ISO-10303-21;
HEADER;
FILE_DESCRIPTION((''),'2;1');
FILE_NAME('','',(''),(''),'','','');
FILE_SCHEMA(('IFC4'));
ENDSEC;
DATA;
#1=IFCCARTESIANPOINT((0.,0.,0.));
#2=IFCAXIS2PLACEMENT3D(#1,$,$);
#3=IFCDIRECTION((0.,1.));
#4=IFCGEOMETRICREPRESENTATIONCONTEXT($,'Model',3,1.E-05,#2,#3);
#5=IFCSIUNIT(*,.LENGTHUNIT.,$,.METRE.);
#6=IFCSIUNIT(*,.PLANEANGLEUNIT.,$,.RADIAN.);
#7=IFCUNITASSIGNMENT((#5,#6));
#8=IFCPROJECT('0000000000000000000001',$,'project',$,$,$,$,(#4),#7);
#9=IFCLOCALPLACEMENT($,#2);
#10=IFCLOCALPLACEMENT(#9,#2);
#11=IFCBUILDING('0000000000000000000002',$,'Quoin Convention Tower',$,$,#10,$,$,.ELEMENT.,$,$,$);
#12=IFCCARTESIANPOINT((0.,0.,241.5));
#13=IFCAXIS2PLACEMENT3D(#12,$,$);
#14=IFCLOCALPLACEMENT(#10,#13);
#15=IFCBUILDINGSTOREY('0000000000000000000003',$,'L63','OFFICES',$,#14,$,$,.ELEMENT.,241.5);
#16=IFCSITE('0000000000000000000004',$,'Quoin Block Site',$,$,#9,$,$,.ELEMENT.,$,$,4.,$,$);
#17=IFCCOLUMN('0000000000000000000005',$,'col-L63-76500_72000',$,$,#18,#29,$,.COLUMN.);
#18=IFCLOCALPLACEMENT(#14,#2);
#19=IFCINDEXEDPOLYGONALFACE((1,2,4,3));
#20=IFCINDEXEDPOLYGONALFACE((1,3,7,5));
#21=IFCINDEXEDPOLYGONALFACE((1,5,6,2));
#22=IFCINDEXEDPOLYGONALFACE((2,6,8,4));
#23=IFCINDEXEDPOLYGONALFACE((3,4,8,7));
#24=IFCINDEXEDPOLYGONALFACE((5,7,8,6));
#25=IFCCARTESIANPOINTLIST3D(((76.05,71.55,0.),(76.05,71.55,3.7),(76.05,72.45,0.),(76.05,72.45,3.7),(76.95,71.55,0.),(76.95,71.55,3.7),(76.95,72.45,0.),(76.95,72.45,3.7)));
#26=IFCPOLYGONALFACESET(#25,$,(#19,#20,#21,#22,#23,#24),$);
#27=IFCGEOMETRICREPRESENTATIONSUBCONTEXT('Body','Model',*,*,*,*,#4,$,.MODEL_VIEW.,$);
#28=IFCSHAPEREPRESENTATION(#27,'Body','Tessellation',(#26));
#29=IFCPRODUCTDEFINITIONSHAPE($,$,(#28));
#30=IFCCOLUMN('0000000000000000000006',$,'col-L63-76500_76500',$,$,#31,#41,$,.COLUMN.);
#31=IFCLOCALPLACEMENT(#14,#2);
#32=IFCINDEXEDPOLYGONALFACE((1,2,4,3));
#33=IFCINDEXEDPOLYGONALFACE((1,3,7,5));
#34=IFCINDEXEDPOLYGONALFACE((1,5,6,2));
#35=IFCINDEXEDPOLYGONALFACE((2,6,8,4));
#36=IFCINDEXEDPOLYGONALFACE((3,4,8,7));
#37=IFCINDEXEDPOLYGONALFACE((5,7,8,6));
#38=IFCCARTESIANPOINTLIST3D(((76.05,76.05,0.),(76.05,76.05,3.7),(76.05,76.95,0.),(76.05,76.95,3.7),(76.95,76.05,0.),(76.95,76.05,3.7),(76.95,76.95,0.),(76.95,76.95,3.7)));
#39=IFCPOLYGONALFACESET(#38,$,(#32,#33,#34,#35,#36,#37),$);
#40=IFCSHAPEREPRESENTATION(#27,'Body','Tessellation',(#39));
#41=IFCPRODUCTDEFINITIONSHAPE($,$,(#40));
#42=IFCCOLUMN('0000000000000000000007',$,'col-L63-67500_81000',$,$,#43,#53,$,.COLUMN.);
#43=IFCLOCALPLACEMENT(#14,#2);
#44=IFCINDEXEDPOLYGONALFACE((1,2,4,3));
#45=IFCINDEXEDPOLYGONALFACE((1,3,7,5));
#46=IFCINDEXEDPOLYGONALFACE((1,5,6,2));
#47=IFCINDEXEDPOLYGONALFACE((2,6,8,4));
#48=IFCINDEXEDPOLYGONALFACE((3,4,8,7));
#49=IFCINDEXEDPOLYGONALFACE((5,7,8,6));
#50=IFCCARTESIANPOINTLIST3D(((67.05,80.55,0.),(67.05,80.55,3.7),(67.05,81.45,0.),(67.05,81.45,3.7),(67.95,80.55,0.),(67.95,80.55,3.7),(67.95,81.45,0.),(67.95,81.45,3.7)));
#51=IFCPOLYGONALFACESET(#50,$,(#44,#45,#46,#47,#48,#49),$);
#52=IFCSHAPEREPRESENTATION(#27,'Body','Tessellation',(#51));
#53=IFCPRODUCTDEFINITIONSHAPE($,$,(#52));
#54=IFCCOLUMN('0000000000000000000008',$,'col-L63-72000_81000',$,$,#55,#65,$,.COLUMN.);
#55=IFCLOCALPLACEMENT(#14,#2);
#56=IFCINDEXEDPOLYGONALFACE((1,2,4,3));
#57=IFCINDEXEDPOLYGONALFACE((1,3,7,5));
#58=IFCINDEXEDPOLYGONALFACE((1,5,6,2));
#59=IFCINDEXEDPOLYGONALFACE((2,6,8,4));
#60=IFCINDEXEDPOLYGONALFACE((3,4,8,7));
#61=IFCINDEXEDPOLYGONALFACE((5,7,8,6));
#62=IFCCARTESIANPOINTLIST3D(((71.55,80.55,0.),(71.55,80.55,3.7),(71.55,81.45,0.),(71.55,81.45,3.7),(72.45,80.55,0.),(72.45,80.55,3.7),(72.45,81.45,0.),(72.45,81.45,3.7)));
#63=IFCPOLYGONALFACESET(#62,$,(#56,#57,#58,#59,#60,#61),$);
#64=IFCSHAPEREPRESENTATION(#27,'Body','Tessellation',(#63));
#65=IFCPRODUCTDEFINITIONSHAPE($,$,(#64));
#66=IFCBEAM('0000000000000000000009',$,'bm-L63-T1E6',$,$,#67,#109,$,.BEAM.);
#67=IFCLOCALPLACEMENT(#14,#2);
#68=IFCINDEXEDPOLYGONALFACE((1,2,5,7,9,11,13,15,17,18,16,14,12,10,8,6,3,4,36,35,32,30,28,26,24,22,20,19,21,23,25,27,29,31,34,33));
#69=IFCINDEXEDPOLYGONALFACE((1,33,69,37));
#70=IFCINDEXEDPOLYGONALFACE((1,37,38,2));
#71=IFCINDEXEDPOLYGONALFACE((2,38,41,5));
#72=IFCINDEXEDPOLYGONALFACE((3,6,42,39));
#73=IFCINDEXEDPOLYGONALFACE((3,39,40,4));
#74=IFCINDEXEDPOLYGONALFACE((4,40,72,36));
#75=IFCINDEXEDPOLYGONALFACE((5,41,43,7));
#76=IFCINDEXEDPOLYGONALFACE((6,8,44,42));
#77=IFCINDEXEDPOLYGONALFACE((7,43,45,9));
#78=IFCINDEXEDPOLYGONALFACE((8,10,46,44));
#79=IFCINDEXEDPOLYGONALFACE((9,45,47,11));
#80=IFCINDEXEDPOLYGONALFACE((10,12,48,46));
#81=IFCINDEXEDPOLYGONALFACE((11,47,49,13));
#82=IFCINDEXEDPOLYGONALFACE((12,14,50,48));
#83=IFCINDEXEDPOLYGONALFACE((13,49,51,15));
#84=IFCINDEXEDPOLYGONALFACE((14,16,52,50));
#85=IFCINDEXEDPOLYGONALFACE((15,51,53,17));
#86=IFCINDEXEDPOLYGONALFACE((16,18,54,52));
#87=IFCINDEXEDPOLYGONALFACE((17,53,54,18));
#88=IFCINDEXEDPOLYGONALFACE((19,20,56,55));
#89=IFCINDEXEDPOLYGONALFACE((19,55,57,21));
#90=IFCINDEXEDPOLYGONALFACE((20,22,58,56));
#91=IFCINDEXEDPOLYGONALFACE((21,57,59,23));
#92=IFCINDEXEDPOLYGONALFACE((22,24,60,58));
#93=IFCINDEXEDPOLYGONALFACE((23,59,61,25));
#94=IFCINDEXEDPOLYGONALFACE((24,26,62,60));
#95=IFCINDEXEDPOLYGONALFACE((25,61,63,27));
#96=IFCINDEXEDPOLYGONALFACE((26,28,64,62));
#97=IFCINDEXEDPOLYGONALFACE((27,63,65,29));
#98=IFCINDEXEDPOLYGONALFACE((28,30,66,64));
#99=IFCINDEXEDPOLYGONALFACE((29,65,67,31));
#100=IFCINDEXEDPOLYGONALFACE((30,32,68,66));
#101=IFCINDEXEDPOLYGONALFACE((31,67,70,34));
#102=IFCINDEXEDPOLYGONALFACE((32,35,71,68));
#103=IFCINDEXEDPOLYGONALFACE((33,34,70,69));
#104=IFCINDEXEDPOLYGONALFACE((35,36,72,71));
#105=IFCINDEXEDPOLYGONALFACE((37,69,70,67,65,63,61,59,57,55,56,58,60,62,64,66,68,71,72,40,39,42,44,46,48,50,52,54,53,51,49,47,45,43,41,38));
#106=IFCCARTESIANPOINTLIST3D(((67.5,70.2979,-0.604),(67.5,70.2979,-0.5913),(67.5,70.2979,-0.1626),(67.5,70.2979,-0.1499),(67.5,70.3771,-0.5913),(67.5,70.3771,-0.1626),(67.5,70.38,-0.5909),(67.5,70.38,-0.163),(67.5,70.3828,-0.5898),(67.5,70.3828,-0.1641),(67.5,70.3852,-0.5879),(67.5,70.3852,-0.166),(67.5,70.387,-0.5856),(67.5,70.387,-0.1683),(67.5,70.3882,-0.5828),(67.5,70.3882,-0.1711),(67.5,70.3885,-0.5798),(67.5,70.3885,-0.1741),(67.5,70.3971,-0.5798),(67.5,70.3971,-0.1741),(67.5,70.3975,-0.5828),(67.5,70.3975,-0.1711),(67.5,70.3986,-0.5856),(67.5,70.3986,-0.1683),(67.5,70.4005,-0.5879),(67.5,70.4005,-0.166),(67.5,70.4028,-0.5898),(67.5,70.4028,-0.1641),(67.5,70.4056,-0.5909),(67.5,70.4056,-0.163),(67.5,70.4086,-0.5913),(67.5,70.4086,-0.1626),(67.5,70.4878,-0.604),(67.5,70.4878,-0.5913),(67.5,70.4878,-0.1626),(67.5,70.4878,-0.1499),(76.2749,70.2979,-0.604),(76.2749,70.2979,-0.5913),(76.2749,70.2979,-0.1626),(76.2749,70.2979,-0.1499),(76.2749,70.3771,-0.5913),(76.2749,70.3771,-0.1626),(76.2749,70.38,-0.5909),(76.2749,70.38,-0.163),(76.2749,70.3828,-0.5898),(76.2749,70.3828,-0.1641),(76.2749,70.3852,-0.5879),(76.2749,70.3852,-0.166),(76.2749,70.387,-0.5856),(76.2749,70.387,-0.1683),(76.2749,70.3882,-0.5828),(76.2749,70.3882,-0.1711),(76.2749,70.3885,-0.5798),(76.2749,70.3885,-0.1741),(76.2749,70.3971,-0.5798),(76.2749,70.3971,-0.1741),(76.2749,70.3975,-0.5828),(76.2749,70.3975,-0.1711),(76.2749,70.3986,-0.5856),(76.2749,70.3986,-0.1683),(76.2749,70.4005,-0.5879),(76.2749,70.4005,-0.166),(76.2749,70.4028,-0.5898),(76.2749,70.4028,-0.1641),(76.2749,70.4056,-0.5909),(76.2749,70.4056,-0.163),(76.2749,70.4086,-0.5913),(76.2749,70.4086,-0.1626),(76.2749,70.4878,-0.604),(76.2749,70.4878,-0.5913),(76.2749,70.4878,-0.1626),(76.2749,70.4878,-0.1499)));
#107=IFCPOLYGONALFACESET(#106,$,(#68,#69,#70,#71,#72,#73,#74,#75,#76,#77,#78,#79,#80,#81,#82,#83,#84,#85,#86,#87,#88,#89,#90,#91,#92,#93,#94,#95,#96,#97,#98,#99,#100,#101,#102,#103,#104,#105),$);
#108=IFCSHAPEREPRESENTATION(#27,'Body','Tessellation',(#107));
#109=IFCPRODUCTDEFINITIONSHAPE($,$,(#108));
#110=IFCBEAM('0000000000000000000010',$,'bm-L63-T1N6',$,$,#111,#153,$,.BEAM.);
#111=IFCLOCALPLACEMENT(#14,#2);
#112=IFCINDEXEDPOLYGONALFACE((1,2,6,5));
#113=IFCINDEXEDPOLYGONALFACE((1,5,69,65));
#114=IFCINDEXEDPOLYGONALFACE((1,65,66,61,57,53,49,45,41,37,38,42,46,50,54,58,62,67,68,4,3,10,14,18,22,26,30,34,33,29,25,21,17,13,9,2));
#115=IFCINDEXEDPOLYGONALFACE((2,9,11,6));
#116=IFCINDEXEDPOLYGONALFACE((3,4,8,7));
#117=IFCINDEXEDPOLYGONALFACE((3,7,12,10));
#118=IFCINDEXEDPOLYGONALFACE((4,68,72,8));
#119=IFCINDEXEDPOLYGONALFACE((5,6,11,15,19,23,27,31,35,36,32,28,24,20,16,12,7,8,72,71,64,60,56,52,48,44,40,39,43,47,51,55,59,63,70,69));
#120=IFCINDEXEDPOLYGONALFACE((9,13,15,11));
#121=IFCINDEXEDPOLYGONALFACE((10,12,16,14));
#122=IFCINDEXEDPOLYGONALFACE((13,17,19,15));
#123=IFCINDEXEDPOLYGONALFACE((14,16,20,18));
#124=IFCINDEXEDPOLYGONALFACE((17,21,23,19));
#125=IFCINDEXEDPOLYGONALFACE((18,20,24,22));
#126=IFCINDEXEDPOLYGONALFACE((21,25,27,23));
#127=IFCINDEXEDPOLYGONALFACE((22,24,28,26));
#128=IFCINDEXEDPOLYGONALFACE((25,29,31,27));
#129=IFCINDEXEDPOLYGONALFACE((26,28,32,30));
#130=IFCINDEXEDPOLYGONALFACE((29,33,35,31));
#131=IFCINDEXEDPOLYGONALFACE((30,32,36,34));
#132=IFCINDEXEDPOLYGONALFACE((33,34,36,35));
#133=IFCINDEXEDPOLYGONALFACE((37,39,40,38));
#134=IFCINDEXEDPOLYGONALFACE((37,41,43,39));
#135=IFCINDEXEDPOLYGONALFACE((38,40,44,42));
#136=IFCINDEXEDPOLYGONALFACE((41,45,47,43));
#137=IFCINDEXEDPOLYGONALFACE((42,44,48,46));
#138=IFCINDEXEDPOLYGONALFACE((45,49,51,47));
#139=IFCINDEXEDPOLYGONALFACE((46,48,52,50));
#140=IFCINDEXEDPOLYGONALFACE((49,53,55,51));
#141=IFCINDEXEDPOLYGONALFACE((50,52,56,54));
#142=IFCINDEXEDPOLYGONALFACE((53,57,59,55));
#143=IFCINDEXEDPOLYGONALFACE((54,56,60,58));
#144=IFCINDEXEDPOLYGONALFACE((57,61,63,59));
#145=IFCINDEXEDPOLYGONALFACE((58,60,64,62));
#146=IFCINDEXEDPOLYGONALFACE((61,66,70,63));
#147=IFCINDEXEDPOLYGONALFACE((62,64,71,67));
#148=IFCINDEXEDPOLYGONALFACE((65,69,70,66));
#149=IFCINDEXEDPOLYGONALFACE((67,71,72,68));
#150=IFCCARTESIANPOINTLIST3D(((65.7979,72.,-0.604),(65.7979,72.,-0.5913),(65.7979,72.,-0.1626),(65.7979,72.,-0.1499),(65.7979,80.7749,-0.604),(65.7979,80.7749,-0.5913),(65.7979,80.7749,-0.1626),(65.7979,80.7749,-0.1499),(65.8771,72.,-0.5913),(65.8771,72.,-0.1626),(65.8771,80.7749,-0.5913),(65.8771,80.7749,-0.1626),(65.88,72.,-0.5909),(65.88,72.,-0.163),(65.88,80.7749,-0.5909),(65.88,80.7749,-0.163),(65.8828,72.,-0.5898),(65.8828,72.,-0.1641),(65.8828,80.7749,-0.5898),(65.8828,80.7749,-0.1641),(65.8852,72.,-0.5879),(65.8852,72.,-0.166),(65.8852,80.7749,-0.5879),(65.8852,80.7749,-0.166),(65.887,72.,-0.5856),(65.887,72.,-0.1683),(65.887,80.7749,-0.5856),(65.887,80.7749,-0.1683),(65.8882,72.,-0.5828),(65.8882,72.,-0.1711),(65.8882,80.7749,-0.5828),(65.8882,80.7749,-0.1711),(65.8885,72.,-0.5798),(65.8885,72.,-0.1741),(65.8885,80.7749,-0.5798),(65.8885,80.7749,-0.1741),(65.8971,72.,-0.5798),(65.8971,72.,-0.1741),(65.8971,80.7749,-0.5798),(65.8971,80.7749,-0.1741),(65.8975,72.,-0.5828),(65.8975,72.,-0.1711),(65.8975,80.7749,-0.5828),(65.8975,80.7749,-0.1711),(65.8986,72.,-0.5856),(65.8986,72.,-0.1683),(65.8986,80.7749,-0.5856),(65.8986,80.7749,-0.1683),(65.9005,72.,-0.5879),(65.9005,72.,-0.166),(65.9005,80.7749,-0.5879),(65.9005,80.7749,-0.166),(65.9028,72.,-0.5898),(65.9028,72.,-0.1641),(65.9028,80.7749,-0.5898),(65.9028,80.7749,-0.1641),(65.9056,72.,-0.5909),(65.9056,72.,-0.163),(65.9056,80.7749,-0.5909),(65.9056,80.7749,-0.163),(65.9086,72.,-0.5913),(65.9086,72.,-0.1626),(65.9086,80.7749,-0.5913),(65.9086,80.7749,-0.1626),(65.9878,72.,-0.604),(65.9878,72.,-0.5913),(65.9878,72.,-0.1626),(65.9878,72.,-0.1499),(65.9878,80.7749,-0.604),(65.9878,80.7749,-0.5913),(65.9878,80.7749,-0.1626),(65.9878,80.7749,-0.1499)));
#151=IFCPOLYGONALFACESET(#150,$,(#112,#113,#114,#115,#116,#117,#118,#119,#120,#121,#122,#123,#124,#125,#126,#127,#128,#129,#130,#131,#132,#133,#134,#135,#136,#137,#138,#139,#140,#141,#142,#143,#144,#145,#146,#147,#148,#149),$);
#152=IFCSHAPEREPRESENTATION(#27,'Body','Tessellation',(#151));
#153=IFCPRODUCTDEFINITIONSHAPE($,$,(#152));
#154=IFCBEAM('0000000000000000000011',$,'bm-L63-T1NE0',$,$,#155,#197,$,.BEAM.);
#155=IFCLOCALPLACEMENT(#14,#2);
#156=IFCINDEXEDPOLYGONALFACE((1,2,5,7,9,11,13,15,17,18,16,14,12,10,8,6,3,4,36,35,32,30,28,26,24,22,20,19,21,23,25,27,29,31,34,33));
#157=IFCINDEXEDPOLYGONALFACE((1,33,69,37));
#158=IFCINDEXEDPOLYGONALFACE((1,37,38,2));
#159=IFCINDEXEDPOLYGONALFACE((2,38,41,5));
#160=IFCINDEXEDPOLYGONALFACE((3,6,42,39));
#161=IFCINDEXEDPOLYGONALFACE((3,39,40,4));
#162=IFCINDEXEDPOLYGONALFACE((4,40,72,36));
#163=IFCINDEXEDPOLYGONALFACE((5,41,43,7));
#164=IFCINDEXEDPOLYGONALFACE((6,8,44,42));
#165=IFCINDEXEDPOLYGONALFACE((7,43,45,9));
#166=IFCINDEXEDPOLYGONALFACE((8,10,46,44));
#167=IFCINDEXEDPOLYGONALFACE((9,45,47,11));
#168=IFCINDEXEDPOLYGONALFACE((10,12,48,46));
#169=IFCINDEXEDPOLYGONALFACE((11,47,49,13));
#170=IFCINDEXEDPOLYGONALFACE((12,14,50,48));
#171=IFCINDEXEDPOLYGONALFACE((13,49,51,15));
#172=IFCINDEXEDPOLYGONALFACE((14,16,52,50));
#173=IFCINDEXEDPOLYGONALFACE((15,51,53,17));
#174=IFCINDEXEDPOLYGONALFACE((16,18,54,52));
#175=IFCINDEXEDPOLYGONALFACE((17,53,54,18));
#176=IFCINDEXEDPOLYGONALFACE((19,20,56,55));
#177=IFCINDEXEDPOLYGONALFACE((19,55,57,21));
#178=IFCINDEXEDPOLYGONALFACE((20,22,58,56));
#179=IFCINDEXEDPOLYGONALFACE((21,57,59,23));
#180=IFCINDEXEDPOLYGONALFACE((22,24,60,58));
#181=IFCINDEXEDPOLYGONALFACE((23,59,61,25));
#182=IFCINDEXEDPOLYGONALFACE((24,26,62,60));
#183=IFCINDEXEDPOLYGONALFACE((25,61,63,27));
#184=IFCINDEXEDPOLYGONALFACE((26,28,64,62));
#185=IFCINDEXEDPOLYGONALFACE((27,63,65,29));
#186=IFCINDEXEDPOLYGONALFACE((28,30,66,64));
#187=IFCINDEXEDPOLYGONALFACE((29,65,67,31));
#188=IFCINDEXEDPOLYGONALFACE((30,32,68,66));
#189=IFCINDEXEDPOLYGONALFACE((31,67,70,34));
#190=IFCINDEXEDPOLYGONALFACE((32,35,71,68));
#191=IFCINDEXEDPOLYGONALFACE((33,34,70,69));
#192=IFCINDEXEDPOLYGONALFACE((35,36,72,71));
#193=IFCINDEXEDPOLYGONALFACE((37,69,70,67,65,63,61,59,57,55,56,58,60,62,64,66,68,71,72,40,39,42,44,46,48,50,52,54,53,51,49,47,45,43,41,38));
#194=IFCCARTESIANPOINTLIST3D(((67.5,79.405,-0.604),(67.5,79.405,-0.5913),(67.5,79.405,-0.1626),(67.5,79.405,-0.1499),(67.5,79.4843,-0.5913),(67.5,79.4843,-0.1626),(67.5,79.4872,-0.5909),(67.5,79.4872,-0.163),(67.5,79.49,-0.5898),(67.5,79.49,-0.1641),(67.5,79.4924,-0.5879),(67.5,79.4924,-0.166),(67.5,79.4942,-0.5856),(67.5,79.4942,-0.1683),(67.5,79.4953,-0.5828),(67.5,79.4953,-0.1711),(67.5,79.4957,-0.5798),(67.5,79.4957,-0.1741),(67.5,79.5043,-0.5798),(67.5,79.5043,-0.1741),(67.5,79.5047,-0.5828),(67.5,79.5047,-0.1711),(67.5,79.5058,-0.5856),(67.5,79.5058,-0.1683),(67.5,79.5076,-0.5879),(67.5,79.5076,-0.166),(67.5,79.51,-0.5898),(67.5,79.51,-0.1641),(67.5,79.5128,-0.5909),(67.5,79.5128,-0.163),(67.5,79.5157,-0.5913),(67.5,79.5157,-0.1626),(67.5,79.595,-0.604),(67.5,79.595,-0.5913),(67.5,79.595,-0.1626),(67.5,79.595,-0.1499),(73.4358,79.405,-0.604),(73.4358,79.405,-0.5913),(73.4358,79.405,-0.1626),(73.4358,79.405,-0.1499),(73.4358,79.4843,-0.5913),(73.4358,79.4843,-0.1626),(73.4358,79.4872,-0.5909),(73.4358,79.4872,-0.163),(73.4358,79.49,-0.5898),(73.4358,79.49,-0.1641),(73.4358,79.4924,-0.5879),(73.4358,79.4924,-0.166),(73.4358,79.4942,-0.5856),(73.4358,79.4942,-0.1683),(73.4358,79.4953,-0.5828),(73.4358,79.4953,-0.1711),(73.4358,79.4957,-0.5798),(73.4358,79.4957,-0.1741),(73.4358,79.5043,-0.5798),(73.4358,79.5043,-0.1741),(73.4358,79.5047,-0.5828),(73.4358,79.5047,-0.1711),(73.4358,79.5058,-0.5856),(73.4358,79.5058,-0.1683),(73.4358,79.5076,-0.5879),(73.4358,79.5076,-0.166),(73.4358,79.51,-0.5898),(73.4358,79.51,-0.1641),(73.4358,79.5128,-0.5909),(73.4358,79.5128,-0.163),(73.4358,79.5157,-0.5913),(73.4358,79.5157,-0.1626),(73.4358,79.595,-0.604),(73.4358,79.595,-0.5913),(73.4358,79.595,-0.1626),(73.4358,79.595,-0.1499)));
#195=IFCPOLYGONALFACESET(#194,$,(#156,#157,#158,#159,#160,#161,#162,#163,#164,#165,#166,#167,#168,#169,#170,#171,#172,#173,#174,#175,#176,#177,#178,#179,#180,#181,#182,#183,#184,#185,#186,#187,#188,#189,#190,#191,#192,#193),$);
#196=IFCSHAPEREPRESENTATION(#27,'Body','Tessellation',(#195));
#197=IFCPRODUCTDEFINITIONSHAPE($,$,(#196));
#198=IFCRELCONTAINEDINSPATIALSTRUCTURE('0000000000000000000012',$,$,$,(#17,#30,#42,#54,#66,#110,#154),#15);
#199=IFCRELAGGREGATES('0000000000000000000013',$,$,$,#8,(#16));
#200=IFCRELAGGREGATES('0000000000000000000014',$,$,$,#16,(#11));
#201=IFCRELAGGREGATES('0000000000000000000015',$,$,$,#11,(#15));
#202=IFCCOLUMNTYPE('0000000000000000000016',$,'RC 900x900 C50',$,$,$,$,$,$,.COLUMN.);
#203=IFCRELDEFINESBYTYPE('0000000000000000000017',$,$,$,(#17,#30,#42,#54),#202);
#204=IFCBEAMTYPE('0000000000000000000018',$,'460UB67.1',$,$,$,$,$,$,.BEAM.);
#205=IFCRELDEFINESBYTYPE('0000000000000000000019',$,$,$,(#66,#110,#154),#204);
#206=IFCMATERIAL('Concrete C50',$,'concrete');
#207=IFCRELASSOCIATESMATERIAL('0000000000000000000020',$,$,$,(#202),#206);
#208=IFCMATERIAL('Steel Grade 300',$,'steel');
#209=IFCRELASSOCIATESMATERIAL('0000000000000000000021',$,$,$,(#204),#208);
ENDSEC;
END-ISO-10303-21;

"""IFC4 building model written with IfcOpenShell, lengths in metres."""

from ifc_helpers import new_model, si_unit, direction, frame, origin, origin_2d, place, context, subcontext, project, spatial, rectangle, i_section, extrude, material, material_profile, profile_set, type_object, element, save


model = new_model("IFC4")

# Units and contexts
model_context = context("Model", 3, precision=1e-05, world=origin(), true_north=direction((0.0, 1.0)))
body_context = subcontext(model_context, "Body", "Model", "MODEL_VIEW")
ifc_project = project(units=[si_unit("LENGTHUNIT", "METRE"), si_unit("PLANEANGLEUNIT", "RADIAN")], contexts=[model_context])

# Site, building, storey
site_placement = place(None, origin())
site = spatial("IfcSite", under=ifc_project, at=site_placement, Name="Quoin Block Site", CompositionType="ELEMENT", RefElevation=4.0)
building_placement = place(site_placement, origin())
building = spatial("IfcBuilding", under=site, at=building_placement, Name="Quoin Convention Tower", CompositionType="ELEMENT")
storey_placement = place(building_placement, frame((0.0, 0.0, 241.5)))
storey = spatial("IfcBuildingStorey", under=building, at=storey_placement, Name="L63", Description="OFFICES", CompositionType="ELEMENT", Elevation=241.5)

# Columns
ifc_material_1 = material(Name="Concrete C50", Category="concrete")
ifc_material_profile_1 = material_profile(ifc_material_1, rectangle(XDim=0.8999, YDim=0.8999, at=origin_2d()), Name="RC 900x900")
ifc_profile_set_1 = profile_set([ifc_material_profile_1], Name="Concrete C50")
column_type = type_object("IfcColumnType", Name="RC 900x900 C50", PredefinedType="COLUMN", material=ifc_profile_set_1)
for number, where, z_axis, x_axis, name in (
    (1, (76.5, 72.0, 0.0), (0.0, 0.0, 1.0), (1.0, 0.0, 0.0), "col-L63-76500_72000"),
    (2, (76.5, 76.5, 0.0), (0.0, 0.0, 1.0), (1.0, 0.0, 0.0), "col-L63-76500_76500"),
    (3, (67.5, 81.0, 0.0), (0.0, 0.0, 1.0), (1.0, 0.0, 0.0), "col-L63-67500_81000"),
    (4, (72.0, 81.0, 0.0), (0.0, 0.0, 1.0), (1.0, 0.0, 0.0), "col-L63-72000_81000"),
):
    element("IfcColumn", number, at=place(storey_placement, frame(where, z_axis=z_axis, x_axis=x_axis)), inside=storey, type_object=column_type, Name=name, PredefinedType="COLUMN", context=body_context, shape_type="SweptSolid", body=[
        extrude(rectangle(XDim=0.8999, YDim=0.8999, at=origin_2d()), origin(), (0.0, 0.0, 1.0), 3.7),
    ])

# Beams
ifc_material_2 = material(Name="Steel Grade 300", Category="steel")
ifc_material_profile_2 = material_profile(ifc_material_2, i_section(OverallWidth=0.1899, OverallDepth=0.4541, WebThickness=0.0085, FlangeThickness=0.0127, FilletRadius=0.0115, at=origin_2d()), Name="460UB67.1")
ifc_profile_set_2 = profile_set([ifc_material_profile_2], Name="Steel Grade 300")
beam_type_1 = type_object("IfcBeamType", Name="460UB67.1", PredefinedType="BEAM", material=ifc_profile_set_2)
for number, where, z_axis, x_axis, name in (
    (5, (67.5, 70.3928, -0.377), (1.0, 0.0, 0.0), (0.0, 1.0, 0.0), "bm-L63-T1E6"),
    (6, (65.8928, 72.0, -0.377), (0.0, 1.0, 0.0), (-1.0, 0.0, 0.0), "bm-L63-T1N6"),
):
    element("IfcBeam", number, at=place(storey_placement, frame(where, z_axis=z_axis, x_axis=x_axis)), inside=storey, type_object=beam_type_1, Name=name, PredefinedType="BEAM", context=body_context, shape_type="SweptSolid", body=[
        extrude(i_section(OverallWidth=0.1899, OverallDepth=0.4541, WebThickness=0.0085, FlangeThickness=0.0127, FilletRadius=0.0115, at=origin_2d()), origin(), (0.0, 0.0, 1.0), 8.7749),
    ])
beam_1_placement = place(storey_placement, frame((67.5, 79.5, -0.377), z_axis=(1.0, 0.0, 0.0), x_axis=(0.0, 1.0, 0.0)))
element("IfcBeam", 7, at=beam_1_placement, inside=storey, type_object=beam_type_1, Name="bm-L63-T1NE0", PredefinedType="BEAM", context=body_context, shape_type="SweptSolid", body=[
    extrude(i_section(OverallWidth=0.1899, OverallDepth=0.4541, WebThickness=0.0085, FlangeThickness=0.0127, FilletRadius=0.0115, at=origin_2d()), origin(), (0.0, 0.0, 1.0), 5.9358),
])

save(model, "model.ifc")
